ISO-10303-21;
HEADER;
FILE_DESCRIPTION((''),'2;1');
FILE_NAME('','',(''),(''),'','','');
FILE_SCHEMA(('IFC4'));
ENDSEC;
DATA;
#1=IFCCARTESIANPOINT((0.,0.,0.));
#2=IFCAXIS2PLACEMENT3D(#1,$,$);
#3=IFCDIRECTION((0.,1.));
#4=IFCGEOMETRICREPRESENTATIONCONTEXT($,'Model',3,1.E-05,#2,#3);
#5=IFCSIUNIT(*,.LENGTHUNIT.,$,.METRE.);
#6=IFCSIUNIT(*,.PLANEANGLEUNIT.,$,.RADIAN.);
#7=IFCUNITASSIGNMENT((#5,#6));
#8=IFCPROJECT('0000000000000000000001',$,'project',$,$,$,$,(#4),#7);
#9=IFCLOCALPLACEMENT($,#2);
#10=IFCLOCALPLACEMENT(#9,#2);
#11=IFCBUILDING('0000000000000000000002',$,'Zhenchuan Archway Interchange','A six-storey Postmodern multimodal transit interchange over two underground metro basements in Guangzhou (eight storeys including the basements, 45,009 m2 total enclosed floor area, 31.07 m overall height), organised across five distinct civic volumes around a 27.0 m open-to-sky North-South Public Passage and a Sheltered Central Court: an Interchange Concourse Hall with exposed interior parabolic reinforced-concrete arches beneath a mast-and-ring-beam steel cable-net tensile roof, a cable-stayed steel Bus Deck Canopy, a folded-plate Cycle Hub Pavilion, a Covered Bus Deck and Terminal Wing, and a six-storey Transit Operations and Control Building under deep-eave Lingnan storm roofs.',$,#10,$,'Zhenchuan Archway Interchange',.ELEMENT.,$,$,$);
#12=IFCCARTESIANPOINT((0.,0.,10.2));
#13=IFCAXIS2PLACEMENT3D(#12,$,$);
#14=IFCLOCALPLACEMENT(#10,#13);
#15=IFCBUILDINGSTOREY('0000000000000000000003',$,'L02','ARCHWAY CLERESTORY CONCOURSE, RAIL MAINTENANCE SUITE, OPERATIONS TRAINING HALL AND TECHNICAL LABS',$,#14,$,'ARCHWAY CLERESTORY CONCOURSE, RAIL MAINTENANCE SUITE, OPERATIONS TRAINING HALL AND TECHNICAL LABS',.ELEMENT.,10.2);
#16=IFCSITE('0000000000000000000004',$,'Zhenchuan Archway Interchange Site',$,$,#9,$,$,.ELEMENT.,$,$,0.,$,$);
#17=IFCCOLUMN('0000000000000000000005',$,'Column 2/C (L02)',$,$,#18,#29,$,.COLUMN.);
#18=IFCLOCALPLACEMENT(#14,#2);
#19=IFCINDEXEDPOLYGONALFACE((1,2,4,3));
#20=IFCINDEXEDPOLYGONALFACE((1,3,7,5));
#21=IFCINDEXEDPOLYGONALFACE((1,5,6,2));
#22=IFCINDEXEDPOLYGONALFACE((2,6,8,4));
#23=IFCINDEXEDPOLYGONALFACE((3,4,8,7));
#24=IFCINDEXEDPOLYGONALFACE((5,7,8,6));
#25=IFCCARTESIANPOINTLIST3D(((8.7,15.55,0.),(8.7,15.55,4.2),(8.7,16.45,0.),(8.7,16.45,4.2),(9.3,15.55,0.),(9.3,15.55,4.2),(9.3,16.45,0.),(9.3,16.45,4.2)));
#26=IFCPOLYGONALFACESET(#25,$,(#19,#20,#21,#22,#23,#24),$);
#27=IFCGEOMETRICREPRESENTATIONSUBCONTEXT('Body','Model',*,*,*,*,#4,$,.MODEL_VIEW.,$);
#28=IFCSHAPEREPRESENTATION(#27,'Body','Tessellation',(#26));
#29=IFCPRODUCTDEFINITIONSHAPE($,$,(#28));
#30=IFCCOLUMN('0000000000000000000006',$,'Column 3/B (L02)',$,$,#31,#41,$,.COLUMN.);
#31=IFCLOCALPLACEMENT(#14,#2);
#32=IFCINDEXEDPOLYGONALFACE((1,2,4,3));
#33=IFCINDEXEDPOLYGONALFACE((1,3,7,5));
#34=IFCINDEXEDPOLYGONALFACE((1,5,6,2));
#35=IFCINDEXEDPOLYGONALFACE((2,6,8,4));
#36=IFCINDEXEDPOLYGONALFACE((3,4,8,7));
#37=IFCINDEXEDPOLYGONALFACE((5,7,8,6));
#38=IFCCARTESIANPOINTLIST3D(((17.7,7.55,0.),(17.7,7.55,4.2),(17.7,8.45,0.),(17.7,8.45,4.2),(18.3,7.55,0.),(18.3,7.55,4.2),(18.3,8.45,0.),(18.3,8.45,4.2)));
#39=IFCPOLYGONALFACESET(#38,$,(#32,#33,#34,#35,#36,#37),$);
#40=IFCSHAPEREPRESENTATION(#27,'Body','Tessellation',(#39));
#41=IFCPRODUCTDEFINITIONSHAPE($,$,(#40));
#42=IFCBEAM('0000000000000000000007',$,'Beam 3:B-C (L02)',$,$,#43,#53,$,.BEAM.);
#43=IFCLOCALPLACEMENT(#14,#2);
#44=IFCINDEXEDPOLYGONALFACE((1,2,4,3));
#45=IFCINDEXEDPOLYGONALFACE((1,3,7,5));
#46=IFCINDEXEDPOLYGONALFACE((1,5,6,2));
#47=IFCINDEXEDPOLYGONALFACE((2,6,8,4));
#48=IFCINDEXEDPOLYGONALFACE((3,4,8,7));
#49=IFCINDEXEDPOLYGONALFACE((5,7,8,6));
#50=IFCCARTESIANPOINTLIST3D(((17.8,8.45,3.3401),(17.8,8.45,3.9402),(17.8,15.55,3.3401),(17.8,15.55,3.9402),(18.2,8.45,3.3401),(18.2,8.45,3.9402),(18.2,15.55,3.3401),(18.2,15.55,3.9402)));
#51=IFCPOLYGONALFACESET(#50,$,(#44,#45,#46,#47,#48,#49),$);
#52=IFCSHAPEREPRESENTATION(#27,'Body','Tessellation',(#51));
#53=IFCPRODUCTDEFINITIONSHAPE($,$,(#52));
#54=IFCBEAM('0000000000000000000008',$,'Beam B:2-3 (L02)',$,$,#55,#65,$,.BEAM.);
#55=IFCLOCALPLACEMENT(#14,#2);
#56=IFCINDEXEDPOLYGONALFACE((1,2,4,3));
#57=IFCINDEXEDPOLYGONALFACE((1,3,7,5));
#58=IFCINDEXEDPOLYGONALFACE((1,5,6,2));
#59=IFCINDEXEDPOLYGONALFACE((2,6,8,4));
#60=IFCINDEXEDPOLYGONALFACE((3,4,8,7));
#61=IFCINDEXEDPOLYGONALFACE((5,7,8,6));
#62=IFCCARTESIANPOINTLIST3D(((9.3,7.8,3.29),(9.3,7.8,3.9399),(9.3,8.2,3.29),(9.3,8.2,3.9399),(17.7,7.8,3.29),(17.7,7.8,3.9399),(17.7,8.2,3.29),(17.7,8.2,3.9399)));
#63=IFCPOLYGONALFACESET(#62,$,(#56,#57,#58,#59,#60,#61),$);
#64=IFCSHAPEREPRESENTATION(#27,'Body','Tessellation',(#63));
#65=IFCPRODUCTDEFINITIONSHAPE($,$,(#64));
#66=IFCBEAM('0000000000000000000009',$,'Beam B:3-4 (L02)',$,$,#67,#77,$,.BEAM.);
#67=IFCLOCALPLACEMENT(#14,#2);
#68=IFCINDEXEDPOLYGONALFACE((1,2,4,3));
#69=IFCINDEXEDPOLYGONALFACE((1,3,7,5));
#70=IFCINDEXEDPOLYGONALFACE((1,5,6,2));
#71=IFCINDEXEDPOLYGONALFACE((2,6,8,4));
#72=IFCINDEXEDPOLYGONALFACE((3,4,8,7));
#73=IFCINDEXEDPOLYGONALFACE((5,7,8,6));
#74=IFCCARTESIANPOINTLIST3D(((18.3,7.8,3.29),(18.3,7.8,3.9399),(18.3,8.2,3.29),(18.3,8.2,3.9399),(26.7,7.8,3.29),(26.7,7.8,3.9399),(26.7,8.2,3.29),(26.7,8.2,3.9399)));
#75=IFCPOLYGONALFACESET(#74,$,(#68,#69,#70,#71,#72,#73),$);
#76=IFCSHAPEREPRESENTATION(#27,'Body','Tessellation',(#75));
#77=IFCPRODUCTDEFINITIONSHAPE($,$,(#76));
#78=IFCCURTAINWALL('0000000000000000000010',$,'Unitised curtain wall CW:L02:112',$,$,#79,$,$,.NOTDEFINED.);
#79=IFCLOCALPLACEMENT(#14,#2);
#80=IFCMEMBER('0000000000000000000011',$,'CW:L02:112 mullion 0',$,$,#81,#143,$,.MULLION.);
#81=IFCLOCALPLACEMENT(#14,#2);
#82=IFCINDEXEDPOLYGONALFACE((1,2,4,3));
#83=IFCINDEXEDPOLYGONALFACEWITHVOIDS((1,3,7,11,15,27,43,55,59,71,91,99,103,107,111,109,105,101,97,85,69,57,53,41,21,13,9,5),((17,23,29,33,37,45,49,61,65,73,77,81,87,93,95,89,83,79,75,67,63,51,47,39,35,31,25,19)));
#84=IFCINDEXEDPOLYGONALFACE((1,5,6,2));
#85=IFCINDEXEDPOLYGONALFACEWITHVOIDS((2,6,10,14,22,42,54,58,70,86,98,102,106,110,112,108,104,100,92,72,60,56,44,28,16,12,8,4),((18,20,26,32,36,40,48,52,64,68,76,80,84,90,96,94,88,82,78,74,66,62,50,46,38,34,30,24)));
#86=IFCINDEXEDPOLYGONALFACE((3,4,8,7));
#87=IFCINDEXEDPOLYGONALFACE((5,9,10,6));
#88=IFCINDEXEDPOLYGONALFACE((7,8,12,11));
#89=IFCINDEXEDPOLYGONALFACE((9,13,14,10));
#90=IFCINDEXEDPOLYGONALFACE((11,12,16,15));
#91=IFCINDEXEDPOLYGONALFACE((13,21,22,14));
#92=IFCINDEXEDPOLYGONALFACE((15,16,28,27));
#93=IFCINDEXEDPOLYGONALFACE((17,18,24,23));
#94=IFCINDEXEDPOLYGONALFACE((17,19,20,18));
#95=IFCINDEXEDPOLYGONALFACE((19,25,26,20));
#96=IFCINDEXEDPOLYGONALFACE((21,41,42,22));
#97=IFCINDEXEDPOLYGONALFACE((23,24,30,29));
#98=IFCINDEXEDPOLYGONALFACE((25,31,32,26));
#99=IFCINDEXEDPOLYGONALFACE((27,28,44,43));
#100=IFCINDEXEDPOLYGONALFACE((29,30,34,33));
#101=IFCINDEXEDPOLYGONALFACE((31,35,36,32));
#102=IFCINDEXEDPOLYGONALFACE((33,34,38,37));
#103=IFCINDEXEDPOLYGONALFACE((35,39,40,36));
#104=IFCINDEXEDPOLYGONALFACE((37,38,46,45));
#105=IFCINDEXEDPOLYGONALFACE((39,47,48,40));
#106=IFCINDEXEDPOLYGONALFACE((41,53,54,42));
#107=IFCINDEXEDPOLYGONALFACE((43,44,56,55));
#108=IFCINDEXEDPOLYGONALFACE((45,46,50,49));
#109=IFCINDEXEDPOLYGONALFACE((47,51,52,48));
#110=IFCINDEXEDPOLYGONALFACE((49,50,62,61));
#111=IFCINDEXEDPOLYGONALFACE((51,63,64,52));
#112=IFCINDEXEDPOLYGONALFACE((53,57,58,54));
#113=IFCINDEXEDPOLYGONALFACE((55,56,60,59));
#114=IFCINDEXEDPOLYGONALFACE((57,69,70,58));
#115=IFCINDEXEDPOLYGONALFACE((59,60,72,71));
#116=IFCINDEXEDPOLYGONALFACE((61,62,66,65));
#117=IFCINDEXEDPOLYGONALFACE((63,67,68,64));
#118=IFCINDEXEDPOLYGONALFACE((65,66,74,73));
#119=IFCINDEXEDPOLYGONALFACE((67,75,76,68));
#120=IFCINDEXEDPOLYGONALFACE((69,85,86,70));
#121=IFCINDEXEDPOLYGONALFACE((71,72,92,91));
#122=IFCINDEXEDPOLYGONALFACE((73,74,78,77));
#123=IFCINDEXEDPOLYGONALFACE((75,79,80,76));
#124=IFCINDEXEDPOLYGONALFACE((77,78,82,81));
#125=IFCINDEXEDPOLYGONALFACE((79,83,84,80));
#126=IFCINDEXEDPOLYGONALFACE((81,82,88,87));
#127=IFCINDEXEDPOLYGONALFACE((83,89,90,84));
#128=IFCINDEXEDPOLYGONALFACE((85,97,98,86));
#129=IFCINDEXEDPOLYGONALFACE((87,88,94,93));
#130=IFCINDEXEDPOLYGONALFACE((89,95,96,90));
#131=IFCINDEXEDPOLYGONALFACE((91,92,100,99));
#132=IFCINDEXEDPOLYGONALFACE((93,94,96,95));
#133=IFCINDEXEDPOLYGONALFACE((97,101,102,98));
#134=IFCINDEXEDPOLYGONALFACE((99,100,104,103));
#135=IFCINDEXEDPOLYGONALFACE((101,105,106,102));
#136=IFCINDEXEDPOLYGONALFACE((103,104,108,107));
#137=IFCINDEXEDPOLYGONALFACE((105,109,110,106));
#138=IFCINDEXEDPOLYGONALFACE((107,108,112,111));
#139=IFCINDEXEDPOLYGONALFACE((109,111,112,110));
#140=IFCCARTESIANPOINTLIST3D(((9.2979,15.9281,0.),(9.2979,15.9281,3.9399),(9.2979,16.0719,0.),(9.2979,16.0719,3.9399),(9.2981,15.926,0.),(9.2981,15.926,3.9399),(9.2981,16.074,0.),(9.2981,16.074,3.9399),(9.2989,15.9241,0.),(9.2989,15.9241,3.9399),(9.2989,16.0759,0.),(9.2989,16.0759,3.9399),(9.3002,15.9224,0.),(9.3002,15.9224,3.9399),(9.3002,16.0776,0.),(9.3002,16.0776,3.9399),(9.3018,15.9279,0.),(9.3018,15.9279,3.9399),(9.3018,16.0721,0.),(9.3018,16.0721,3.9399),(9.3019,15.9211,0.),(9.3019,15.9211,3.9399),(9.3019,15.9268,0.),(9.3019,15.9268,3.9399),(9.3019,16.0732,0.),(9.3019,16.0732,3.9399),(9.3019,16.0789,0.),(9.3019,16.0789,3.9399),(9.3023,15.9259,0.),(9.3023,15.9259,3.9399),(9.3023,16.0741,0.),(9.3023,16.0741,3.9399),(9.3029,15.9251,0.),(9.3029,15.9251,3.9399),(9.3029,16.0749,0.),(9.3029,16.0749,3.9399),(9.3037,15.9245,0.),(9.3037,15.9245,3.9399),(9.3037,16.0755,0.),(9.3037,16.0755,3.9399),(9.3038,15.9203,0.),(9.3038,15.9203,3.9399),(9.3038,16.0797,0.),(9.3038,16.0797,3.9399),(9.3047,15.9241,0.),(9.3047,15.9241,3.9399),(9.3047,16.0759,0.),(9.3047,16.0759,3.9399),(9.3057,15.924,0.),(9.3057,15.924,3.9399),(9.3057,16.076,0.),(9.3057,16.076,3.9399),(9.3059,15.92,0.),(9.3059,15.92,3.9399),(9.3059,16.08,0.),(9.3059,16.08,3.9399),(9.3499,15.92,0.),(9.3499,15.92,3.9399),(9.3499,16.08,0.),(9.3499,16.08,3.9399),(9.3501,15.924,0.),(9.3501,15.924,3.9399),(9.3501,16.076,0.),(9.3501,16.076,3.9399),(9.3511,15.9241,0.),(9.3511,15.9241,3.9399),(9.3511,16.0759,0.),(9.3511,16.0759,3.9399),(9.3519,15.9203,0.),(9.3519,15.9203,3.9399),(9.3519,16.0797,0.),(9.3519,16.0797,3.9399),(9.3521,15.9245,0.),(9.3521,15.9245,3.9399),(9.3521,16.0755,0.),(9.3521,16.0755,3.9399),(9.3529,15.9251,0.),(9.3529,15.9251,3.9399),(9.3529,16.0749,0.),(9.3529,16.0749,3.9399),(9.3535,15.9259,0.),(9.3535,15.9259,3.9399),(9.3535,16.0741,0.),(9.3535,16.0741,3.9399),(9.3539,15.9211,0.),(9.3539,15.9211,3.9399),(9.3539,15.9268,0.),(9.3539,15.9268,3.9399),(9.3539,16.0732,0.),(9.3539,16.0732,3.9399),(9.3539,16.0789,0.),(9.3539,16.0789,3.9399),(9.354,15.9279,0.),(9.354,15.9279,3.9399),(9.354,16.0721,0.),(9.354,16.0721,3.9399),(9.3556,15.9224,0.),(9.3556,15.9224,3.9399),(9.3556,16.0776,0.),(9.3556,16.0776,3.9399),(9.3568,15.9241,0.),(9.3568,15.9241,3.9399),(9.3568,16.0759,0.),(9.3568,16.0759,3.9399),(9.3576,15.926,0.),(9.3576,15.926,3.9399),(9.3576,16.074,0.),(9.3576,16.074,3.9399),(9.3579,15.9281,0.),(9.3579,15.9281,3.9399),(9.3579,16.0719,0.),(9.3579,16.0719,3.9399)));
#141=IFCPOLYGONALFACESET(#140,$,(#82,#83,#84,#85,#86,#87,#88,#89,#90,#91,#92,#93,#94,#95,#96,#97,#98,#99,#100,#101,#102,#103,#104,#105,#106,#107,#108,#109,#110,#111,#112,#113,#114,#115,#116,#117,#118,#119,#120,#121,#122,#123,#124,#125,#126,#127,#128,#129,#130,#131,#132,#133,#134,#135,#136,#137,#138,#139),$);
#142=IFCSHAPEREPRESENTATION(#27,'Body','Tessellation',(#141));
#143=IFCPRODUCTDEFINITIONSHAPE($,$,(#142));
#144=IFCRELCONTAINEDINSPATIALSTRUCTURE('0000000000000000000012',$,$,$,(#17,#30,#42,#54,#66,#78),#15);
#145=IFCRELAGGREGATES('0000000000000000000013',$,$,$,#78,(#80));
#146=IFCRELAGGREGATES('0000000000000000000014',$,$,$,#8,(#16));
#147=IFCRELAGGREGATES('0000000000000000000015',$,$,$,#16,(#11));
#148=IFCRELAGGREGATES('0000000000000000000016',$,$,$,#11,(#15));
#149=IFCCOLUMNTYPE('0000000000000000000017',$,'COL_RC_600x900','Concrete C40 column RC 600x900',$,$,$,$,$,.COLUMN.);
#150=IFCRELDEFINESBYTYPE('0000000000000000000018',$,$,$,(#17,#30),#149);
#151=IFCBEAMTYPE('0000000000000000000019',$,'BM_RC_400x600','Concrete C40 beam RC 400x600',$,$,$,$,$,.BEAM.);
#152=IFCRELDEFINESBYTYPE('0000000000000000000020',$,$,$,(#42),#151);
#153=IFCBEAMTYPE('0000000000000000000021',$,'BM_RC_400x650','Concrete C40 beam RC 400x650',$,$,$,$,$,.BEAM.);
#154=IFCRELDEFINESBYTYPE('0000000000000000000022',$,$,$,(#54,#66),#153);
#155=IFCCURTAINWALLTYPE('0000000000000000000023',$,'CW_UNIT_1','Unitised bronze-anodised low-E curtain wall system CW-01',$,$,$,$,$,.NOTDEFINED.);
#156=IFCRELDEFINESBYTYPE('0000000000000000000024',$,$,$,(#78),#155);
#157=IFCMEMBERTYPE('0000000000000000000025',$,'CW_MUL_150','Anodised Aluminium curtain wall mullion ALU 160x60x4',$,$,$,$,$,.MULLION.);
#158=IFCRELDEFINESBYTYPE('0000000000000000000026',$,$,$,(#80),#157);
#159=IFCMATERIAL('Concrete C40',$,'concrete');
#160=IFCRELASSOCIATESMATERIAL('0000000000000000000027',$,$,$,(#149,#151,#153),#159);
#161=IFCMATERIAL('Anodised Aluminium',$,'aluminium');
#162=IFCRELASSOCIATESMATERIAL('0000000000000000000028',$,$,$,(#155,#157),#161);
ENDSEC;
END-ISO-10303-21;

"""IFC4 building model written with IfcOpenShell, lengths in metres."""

from ifc_helpers import new_model, si_unit, direction, frame, origin, origin_2d, place, context, subcontext, project, spatial, rectangle, hollow_rectangle, extrude, material, material_profile, profile_set, type_object, element, aggregate, save


model = new_model("IFC4")

# Units and contexts
model_context = context("Model", 3, precision=1e-05, world=origin(), true_north=direction((0.0, 1.0)))
body_context = subcontext(model_context, "Body", "Model", "MODEL_VIEW")
ifc_project = project(units=[si_unit("LENGTHUNIT", "METRE"), si_unit("PLANEANGLEUNIT", "RADIAN")], contexts=[model_context])

# Site, building, storey
site_placement = place(None, origin())
site = spatial("IfcSite", under=ifc_project, at=site_placement, Name="Zhenchuan Archway Interchange Site", CompositionType="ELEMENT", RefElevation=0.0)
building_placement = place(site_placement, origin())
building = spatial("IfcBuilding", under=site, at=building_placement, Name="Zhenchuan Archway Interchange", Description="A six-storey Postmodern multimodal transit interchange over two underground metro basements in Guangzhou (eight storeys including the basements, 45,009 m2 total enclosed floor area, 31.07 m overall height), organised across five distinct civic volumes around a 27.0 m open-to-sky North-South Public Passage and a Sheltered Central Court: an Interchange Concourse Hall with exposed interior parabolic reinforced-concrete arches beneath a mast-and-ring-beam steel cable-net tensile roof, a cable-stayed steel Bus Deck Canopy, a folded-plate Cycle Hub Pavilion, a Covered Bus Deck and Terminal Wing, and a six-storey Transit Operations and Control Building under deep-eave Lingnan storm roofs.", LongName="Zhenchuan Archway Interchange", CompositionType="ELEMENT")
storey_placement = place(building_placement, frame((0.0, 0.0, 10.2)))
storey = spatial("IfcBuildingStorey", under=building, at=storey_placement, Name="L02", Description="ARCHWAY CLERESTORY CONCOURSE, RAIL MAINTENANCE SUITE, OPERATIONS TRAINING HALL AND TECHNICAL LABS", LongName="ARCHWAY CLERESTORY CONCOURSE, RAIL MAINTENANCE SUITE, OPERATIONS TRAINING HALL AND TECHNICAL LABS", CompositionType="ELEMENT", Elevation=10.2)

# Columns
ifc_material_1 = material(Name="Concrete C40", Category="concrete")
ifc_material_profile_1 = material_profile(ifc_material_1, rectangle(XDim=0.6001, YDim=0.8999, at=origin_2d()), Name="RC 600x900")
ifc_profile_set_1 = profile_set([ifc_material_profile_1], Name="Concrete C40")
column_type = type_object("IfcColumnType", Name="COL_RC_600x900", Description="Concrete C40 column RC 600x900", PredefinedType="COLUMN", material=ifc_profile_set_1)
for number, where, z_axis, x_axis, name in (
    (1, (9.0, 16.0, 0.0), (0.0, 0.0, 1.0), (1.0, 0.0, 0.0), "Column 2/C (L02)"),
    (2, (18.0, 8.0, 0.0), (0.0, 0.0, 1.0), (1.0, 0.0, 0.0), "Column 3/B (L02)"),
):
    element("IfcColumn", number, at=place(storey_placement, frame(where, z_axis=z_axis, x_axis=x_axis)), inside=storey, type_object=column_type, Name=name, PredefinedType="COLUMN", context=body_context, shape_type="SweptSolid", body=[
        extrude(rectangle(XDim=0.6001, YDim=0.8999, at=origin_2d()), origin(), (0.0, 0.0, 1.0), 4.2),
    ])

# Beams
ifc_material_profile_2 = material_profile(ifc_material_1, rectangle(XDim=0.3999, YDim=0.6001, at=origin_2d()), Name="RC 400x600")
ifc_profile_set_2 = profile_set([ifc_material_profile_2], Name="Concrete C40")
beam_type_1 = type_object("IfcBeamType", Name="BM_RC_400x600", Description="Concrete C40 beam RC 400x600", PredefinedType="BEAM", material=ifc_profile_set_2)
beam_1_placement = place(storey_placement, frame((18.0, 8.45, 3.6401), z_axis=(0.0, 1.0, 0.0), x_axis=(-1.0, 0.0, 0.0)))
element("IfcBeam", 3, at=beam_1_placement, inside=storey, type_object=beam_type_1, Name="Beam 3:B-C (L02)", PredefinedType="BEAM", context=body_context, shape_type="SweptSolid", body=[
    extrude(rectangle(XDim=0.3999, YDim=0.6001, at=origin_2d()), origin(), (0.0, 0.0, 1.0), 7.1001),
])
ifc_material_profile_3 = material_profile(ifc_material_1, rectangle(XDim=0.3999, YDim=0.6499, at=origin_2d()), Name="RC 400x650")
ifc_profile_set_3 = profile_set([ifc_material_profile_3], Name="Concrete C40")
beam_type_2 = type_object("IfcBeamType", Name="BM_RC_400x650", Description="Concrete C40 beam RC 400x650", PredefinedType="BEAM", material=ifc_profile_set_3)
for number, where, z_axis, x_axis, name in (
    (4, (9.3, 8.0, 3.615), (1.0, 0.0, 0.0), (0.0, 1.0, 0.0), "Beam B:2-3 (L02)"),
    (5, (18.3, 8.0, 3.615), (1.0, 0.0, 0.0), (0.0, 1.0, 0.0), "Beam B:3-4 (L02)"),
):
    element("IfcBeam", number, at=place(storey_placement, frame(where, z_axis=z_axis, x_axis=x_axis)), inside=storey, type_object=beam_type_2, Name=name, PredefinedType="BEAM", context=body_context, shape_type="SweptSolid", body=[
        extrude(rectangle(XDim=0.3999, YDim=0.6499, at=origin_2d()), origin(), (0.0, 0.0, 1.0), 8.3999),
    ])

# Curtain wall, member
ifc_material_2 = material(Name="Anodised Aluminium", Category="aluminium")
curtain_wall_type = type_object("IfcCurtainWallType", Name="CW_UNIT_1", Description="Unitised bronze-anodised low-E curtain wall system CW-01", PredefinedType="NOTDEFINED", material=ifc_material_2)
curtain_wall_placement = place(storey_placement, origin())
curtain_wall = element("IfcCurtainWall", 6, at=curtain_wall_placement, inside=storey, type_object=curtain_wall_type, Name="Unitised curtain wall CW:L02:112", PredefinedType="NOTDEFINED")
ifc_material_profile_4 = material_profile(ifc_material_2, hollow_rectangle(XDim=0.0601, YDim=0.1599, WallThickness=0.0039, InnerFilletRadius=0.0039, OuterFilletRadius=0.0081, at=origin_2d()), Name="ALU 160x60x4")
ifc_profile_set_4 = profile_set([ifc_material_profile_4], Name="Anodised Aluminium")
member_type_1 = type_object("IfcMemberType", Name="CW_MUL_150", Description="Anodised Aluminium curtain wall mullion ALU 160x60x4", PredefinedType="MULLION", material=ifc_profile_set_4)
member_1_placement = place(storey_placement, frame((9.3279, 16.0, 0.0), z_axis=(0.0, 0.0, 1.0), x_axis=(1.0, 0.0, 0.0)))
member_1 = element("IfcMember", 7, at=member_1_placement, type_object=member_type_1, Name="CW:L02:112 mullion 0", PredefinedType="MULLION", context=body_context, shape_type="SweptSolid", body=[
    extrude(hollow_rectangle(XDim=0.0601, YDim=0.1599, WallThickness=0.0039, InnerFilletRadius=0.0039, OuterFilletRadius=0.0081, at=origin_2d()), origin(), (0.0, 0.0, 1.0), 3.9399),
])

aggregate(curtain_wall, [member_1])

save(model, "model.ifc")
